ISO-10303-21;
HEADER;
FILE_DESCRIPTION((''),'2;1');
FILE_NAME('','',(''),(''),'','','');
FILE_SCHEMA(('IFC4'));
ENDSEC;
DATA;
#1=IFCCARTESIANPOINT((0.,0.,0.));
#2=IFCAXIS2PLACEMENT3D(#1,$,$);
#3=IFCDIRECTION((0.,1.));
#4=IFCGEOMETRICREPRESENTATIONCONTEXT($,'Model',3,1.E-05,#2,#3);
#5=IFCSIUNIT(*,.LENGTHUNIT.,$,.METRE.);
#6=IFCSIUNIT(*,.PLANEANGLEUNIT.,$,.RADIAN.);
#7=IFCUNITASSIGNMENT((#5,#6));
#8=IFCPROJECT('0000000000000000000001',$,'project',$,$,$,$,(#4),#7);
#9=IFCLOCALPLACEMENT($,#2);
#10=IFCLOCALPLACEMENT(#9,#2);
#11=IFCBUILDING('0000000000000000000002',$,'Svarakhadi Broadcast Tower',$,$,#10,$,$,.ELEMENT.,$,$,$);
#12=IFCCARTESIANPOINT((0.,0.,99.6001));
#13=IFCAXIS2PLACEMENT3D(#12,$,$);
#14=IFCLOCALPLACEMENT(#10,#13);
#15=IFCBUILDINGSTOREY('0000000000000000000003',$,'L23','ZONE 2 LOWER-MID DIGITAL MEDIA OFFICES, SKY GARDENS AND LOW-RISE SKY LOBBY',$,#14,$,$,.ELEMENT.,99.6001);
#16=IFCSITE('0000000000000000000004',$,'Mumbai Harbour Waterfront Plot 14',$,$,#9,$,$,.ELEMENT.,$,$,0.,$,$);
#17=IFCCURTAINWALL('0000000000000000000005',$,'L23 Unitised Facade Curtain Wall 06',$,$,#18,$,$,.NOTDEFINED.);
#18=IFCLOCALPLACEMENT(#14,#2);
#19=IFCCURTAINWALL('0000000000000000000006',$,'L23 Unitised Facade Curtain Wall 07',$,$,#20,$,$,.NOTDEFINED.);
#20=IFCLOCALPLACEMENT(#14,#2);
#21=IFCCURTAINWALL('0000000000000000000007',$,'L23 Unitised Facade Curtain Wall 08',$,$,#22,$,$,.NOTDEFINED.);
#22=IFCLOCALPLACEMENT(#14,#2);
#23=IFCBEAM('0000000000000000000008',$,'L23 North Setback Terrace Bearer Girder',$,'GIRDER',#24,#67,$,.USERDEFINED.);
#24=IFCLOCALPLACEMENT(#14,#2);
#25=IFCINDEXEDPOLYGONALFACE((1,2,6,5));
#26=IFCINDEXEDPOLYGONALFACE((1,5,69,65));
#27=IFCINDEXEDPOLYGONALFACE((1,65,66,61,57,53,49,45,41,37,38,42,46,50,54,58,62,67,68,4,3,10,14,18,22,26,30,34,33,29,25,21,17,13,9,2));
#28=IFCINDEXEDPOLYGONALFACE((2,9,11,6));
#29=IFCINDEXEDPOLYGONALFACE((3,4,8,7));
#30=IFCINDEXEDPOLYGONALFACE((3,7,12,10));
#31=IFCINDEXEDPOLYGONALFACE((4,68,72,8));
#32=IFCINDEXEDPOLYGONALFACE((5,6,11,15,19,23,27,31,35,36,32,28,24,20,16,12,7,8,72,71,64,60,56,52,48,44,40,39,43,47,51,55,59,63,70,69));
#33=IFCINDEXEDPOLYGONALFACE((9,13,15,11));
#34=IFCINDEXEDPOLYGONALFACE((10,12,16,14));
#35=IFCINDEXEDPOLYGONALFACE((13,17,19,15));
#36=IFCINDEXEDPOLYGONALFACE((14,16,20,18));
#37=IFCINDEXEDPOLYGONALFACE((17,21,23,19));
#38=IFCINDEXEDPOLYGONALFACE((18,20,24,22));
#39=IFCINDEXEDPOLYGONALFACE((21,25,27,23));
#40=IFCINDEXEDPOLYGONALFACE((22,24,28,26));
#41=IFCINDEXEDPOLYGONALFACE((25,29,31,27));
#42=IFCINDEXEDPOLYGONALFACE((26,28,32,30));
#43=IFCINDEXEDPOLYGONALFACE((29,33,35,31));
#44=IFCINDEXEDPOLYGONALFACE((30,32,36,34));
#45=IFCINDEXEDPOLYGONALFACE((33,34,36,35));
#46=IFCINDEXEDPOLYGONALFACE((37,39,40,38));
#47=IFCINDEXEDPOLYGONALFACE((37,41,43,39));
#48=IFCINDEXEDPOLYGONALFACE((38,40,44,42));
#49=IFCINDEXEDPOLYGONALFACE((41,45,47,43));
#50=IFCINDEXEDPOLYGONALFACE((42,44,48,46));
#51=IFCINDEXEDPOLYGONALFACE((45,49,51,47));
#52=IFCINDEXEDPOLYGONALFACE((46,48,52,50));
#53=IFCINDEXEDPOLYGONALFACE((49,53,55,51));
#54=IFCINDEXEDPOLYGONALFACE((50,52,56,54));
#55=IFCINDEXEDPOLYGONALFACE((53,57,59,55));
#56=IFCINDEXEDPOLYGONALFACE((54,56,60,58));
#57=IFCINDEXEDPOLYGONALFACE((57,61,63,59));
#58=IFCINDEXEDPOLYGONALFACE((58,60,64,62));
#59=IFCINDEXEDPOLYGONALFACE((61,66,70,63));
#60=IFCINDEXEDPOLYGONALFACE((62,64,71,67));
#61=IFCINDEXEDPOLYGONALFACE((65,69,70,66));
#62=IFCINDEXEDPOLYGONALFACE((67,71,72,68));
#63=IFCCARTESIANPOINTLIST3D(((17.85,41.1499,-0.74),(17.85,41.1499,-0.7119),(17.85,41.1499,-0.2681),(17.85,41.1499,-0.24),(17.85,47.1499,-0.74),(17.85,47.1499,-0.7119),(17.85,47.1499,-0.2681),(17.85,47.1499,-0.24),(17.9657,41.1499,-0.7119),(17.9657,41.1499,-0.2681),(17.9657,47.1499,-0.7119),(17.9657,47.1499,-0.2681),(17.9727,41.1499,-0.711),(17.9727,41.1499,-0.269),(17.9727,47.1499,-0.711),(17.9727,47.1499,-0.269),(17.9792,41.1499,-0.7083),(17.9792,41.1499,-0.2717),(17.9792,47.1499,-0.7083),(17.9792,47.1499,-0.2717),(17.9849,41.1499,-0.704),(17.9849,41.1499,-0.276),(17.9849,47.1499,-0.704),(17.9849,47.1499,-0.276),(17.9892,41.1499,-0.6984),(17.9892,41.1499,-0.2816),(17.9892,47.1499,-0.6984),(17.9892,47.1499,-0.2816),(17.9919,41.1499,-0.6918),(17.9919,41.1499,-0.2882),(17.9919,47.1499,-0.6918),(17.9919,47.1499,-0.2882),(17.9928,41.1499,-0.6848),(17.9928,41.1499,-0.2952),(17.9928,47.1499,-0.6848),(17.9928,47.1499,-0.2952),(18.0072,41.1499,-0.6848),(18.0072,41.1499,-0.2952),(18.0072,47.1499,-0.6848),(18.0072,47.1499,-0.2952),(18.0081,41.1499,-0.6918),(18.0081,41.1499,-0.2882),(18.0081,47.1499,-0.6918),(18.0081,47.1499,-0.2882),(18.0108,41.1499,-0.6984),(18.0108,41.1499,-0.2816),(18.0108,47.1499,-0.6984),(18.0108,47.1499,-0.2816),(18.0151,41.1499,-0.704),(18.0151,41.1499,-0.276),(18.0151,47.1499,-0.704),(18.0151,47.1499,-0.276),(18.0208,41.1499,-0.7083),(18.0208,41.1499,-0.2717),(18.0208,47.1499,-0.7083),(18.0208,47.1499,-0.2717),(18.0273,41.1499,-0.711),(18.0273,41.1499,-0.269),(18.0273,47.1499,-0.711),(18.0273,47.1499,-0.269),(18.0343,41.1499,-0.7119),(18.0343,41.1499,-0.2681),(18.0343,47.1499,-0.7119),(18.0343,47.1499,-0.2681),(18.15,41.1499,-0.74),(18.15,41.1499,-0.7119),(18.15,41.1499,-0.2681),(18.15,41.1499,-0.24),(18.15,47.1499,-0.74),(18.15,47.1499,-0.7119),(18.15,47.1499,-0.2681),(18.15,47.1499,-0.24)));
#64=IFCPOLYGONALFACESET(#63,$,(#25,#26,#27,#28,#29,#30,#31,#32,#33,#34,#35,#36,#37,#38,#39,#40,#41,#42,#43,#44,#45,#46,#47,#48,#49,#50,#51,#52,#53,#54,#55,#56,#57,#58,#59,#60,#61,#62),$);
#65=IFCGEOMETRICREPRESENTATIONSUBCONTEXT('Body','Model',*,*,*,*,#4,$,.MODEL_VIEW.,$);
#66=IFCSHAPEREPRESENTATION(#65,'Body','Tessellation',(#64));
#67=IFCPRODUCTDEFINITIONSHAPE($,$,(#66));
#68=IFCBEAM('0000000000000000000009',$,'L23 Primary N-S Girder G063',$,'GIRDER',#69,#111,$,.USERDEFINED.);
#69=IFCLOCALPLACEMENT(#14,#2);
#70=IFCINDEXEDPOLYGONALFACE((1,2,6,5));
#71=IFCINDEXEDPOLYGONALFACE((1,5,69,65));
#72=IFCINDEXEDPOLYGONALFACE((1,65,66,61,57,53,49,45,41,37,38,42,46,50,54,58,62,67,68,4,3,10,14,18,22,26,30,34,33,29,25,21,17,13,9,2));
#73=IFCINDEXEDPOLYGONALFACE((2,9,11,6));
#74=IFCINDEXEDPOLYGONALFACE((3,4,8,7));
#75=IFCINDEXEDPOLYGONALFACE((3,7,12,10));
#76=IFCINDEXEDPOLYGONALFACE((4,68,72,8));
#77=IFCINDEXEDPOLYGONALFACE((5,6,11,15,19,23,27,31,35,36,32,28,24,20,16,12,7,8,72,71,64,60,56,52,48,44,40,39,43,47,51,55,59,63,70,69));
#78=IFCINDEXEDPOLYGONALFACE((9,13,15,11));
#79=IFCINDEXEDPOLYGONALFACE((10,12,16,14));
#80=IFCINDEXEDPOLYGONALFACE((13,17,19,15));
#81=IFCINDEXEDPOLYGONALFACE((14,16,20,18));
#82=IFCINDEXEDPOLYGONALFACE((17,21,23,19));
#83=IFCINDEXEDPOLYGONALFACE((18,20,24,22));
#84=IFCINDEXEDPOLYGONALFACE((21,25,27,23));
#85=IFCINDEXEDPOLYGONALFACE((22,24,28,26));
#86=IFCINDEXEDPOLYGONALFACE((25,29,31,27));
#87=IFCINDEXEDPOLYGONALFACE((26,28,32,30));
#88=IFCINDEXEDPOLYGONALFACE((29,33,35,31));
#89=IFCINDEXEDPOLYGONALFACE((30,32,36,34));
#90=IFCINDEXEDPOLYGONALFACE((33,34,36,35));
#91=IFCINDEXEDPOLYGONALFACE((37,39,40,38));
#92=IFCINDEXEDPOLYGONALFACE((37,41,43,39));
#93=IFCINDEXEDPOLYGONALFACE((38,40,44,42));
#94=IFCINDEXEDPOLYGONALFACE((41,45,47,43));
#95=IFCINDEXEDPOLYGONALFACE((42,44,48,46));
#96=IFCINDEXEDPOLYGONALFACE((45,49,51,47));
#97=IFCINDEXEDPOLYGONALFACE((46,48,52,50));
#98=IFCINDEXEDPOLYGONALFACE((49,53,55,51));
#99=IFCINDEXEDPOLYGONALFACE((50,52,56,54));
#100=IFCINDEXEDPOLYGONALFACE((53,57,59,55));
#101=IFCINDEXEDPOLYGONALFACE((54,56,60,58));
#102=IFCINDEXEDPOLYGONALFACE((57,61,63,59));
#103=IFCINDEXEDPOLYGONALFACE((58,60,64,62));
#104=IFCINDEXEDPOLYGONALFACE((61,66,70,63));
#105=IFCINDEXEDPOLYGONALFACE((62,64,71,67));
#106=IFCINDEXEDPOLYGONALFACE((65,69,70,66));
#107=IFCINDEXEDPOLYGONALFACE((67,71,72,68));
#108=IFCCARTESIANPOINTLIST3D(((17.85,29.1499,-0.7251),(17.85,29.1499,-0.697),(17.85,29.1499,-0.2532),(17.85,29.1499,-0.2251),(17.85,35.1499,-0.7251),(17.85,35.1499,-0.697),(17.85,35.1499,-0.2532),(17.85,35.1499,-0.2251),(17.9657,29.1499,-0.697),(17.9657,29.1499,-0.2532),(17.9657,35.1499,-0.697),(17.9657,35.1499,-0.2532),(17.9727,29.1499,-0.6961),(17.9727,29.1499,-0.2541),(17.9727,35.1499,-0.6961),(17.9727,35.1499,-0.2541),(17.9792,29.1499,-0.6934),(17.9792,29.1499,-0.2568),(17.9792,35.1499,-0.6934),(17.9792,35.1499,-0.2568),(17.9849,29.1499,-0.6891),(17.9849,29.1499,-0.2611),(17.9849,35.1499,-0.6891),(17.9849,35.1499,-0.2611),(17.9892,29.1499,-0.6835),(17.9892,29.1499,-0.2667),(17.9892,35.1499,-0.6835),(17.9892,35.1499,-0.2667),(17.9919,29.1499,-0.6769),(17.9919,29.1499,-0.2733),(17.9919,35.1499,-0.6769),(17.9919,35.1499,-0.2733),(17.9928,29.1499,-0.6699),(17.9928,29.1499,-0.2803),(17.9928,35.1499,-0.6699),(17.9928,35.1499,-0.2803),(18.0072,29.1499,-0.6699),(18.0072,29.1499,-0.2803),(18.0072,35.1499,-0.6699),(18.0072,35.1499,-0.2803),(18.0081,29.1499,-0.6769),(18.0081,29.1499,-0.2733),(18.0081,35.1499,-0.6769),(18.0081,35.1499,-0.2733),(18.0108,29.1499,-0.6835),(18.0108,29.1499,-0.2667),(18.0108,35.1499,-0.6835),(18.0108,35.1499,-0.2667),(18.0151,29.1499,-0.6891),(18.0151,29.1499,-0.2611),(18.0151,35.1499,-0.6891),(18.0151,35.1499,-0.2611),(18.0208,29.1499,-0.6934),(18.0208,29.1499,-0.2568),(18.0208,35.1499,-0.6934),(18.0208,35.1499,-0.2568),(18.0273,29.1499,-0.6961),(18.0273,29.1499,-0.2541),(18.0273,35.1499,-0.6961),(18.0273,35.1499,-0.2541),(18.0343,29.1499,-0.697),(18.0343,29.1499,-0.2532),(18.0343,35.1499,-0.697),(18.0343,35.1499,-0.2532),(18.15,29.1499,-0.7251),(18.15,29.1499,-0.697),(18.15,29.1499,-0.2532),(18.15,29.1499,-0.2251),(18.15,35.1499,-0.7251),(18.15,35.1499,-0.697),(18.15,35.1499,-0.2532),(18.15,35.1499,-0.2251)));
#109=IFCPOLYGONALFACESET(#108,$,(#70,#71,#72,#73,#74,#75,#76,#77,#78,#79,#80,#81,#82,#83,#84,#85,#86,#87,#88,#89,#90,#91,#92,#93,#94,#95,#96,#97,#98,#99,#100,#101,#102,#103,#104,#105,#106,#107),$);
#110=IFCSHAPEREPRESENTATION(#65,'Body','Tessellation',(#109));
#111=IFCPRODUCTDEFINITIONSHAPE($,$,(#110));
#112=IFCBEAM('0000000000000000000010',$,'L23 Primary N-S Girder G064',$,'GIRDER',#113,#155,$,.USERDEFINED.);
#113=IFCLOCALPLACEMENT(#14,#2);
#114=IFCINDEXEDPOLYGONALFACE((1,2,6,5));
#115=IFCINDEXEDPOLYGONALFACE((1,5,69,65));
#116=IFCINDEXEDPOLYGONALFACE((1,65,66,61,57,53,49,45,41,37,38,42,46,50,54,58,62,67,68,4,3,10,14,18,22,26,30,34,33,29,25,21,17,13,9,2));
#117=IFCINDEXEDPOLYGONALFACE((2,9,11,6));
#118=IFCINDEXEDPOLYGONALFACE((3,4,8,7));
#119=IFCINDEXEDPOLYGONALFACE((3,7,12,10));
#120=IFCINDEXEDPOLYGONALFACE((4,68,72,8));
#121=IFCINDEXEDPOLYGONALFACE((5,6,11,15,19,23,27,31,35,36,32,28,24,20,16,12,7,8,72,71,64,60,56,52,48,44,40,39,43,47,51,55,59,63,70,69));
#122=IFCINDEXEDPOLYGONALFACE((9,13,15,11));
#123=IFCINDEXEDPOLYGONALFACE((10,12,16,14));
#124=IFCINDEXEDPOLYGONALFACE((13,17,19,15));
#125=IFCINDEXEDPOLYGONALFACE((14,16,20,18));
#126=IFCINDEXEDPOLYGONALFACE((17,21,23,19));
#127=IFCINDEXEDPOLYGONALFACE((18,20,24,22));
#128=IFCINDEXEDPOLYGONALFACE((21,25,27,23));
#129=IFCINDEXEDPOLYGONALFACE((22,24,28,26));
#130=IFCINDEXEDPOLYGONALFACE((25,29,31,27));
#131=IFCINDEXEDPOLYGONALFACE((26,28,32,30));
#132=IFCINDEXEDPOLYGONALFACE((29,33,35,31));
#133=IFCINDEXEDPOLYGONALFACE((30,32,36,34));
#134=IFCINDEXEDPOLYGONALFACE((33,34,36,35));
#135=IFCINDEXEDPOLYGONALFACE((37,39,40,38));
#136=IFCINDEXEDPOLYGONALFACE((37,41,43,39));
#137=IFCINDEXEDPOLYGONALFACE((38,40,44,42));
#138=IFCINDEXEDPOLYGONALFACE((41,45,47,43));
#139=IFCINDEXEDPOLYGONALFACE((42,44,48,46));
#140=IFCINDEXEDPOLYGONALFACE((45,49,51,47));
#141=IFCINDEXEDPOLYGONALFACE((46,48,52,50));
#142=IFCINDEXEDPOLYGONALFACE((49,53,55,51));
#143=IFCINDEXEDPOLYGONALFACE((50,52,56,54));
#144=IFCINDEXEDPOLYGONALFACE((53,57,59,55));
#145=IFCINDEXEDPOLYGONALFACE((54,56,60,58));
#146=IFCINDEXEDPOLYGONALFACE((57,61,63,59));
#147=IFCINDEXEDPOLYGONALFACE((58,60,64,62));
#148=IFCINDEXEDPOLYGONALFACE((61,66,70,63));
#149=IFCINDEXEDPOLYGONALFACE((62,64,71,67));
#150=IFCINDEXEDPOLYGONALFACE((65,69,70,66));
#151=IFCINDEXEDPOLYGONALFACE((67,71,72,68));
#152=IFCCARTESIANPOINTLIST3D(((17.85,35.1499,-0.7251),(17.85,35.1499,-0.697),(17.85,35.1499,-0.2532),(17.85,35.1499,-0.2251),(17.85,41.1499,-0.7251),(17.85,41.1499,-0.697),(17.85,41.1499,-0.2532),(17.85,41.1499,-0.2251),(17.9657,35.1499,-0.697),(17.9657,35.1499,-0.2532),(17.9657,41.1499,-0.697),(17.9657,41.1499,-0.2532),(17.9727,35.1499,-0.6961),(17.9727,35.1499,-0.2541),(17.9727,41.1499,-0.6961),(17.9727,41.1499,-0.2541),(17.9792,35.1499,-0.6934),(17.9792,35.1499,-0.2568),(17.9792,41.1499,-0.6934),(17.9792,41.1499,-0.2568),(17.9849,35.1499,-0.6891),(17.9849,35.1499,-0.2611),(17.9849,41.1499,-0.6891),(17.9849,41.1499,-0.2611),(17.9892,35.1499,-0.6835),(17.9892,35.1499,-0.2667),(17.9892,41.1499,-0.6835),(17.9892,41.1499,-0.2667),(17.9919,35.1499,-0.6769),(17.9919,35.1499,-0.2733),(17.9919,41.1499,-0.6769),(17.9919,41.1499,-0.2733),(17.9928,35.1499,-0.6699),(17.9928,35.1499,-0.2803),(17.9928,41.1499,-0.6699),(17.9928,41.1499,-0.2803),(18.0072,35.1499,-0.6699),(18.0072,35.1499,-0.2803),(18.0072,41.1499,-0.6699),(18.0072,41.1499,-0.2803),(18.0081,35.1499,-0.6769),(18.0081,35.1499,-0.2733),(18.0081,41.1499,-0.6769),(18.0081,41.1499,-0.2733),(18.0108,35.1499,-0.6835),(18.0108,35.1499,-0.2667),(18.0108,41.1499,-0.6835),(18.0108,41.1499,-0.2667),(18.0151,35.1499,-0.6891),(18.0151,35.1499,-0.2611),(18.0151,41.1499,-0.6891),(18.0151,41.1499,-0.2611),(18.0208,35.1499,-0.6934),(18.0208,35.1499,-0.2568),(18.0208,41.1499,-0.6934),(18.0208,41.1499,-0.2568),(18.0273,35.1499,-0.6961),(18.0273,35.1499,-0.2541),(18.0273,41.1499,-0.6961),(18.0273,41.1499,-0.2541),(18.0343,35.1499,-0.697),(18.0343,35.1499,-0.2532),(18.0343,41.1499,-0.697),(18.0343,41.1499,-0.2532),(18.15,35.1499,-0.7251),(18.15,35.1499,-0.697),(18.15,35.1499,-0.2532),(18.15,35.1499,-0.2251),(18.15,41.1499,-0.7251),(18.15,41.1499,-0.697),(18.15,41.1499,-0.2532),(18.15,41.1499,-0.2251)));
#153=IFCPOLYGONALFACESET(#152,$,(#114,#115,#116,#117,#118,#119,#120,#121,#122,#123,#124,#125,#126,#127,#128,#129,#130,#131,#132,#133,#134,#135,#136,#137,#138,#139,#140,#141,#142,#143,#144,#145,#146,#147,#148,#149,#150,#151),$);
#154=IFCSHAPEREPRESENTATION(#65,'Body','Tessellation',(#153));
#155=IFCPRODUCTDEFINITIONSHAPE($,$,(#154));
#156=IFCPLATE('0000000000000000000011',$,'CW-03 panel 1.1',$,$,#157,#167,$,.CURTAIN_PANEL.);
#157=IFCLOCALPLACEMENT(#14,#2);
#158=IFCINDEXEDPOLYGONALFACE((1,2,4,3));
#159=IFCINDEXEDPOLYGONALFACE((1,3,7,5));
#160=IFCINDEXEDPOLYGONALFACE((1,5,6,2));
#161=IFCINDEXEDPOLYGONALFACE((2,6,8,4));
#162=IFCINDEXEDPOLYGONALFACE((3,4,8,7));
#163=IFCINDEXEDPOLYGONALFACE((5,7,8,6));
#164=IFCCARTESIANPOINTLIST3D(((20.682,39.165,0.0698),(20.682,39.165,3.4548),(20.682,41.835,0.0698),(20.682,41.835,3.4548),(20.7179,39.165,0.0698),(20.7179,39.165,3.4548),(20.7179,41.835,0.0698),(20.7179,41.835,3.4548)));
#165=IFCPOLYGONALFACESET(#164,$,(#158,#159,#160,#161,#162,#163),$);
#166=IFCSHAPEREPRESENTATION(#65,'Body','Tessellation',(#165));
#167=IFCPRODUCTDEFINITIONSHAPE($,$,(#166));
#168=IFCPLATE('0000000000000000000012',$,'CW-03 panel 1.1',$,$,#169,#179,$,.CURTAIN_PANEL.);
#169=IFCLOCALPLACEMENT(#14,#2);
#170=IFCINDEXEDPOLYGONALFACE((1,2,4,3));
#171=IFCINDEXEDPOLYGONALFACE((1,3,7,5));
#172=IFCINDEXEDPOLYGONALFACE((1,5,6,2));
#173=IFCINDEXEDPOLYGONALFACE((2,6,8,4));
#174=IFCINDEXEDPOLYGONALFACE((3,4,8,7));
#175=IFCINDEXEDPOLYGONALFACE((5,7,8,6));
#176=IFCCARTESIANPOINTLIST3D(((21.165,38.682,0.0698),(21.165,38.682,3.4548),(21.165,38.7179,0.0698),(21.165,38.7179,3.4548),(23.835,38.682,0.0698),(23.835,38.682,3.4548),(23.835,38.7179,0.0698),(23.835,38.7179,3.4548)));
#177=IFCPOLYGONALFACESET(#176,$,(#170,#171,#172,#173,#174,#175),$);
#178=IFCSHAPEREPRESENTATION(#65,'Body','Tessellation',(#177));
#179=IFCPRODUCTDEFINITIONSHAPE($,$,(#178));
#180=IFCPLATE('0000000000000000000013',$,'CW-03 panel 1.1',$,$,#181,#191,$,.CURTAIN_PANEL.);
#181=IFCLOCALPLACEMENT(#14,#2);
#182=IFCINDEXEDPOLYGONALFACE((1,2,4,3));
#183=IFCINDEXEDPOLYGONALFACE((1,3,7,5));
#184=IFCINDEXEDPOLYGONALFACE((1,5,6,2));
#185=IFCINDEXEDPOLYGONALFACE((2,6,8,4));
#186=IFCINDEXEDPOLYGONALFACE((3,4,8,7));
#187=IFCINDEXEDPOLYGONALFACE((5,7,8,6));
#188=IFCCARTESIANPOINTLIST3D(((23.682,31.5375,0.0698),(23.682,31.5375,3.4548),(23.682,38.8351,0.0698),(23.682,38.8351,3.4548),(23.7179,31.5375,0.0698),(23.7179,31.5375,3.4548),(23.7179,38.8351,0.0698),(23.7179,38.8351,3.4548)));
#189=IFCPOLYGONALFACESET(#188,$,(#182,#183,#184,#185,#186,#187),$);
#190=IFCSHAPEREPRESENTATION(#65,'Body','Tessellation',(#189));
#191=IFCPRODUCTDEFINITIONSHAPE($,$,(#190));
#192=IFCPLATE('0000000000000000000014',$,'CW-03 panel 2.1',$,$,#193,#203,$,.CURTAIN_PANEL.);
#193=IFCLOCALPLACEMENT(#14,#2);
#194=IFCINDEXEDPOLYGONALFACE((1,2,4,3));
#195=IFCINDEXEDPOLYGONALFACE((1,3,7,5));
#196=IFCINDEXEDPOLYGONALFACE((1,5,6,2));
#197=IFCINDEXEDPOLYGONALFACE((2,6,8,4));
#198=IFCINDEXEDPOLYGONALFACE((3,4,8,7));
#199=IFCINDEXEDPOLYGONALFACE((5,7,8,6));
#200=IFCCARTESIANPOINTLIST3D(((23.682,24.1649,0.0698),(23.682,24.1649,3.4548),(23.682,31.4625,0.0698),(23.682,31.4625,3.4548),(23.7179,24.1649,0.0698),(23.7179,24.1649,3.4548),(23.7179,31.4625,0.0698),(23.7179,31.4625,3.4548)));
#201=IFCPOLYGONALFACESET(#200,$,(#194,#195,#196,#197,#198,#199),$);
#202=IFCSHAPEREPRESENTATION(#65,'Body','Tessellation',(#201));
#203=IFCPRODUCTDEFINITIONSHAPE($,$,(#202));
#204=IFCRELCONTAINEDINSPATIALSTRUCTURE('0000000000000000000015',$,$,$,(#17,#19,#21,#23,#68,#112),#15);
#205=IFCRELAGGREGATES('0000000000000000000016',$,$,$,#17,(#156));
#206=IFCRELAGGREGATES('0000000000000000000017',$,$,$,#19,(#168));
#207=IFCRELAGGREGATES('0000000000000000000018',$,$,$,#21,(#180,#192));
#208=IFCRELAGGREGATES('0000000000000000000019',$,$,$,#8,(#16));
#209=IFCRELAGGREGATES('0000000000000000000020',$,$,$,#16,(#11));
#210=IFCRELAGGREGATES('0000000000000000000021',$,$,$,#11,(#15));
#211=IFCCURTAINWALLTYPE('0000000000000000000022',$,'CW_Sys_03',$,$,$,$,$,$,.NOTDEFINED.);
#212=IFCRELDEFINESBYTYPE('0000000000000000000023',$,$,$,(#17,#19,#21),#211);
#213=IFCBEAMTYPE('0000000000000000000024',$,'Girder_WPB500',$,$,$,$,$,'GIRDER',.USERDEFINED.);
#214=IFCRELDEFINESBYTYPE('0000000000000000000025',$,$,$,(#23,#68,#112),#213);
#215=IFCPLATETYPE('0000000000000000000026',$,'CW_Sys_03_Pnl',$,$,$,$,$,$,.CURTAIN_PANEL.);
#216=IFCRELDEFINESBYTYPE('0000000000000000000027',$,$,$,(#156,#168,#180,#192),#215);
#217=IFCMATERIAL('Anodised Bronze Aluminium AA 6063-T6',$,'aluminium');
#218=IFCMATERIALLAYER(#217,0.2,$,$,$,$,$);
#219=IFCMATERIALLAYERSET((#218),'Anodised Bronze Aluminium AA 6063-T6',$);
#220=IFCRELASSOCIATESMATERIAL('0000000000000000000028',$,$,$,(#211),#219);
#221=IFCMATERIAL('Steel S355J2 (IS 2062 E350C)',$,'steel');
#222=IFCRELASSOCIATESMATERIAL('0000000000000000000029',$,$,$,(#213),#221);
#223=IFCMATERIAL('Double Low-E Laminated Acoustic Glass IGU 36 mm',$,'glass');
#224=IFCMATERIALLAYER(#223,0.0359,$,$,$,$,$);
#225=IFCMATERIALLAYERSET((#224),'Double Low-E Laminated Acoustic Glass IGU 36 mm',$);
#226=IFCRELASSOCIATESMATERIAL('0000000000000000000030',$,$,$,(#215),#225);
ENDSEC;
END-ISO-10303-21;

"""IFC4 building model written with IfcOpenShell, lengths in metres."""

from ifc_helpers import new_model, si_unit, direction, frame, origin, origin_2d, place, context, subcontext, project, spatial, rectangle, i_section, extrude, material, layer, layer_set, material_profile, profile_set, type_object, element, aggregate, save


model = new_model("IFC4")

# Units and contexts
model_context = context("Model", 3, precision=1e-05, world=origin(), true_north=direction((0.0, 1.0)))
body_context = subcontext(model_context, "Body", "Model", "MODEL_VIEW")
ifc_project = project(units=[si_unit("LENGTHUNIT", "METRE"), si_unit("PLANEANGLEUNIT", "RADIAN")], contexts=[model_context])

# Site, building, storey
site_placement = place(None, origin())
site = spatial("IfcSite", under=ifc_project, at=site_placement, Name="Mumbai Harbour Waterfront Plot 14", CompositionType="ELEMENT", RefElevation=0.0)
building_placement = place(site_placement, origin())
building = spatial("IfcBuilding", under=site, at=building_placement, Name="Svarakhadi Broadcast Tower", CompositionType="ELEMENT")
storey_placement = place(building_placement, frame((0.0, 0.0, 99.6001)))
storey = spatial("IfcBuildingStorey", under=building, at=storey_placement, Name="L23", Description="ZONE 2 LOWER-MID DIGITAL MEDIA OFFICES, SKY GARDENS AND LOW-RISE SKY LOBBY", CompositionType="ELEMENT", Elevation=99.6001)

# Curtain walls
ifc_material_1 = material(Name="Anodised Bronze Aluminium AA 6063-T6", Category="aluminium")
ifc_layer_1 = layer(ifc_material_1, 0.2)
ifc_layer_set_1 = layer_set([ifc_layer_1], Name="Anodised Bronze Aluminium AA 6063-T6")
curtain_wall_type = type_object("IfcCurtainWallType", Name="CW_Sys_03", PredefinedType="NOTDEFINED", material=ifc_layer_set_1)
curtain_wall_1_placement = place(storey_placement, origin())
curtain_wall_1 = element("IfcCurtainWall", 1, at=curtain_wall_1_placement, inside=storey, type_object=curtain_wall_type, Name="L23 Unitised Facade Curtain Wall 06", PredefinedType="NOTDEFINED")
curtain_wall_2_placement = place(storey_placement, origin())
curtain_wall_2 = element("IfcCurtainWall", 2, at=curtain_wall_2_placement, inside=storey, type_object=curtain_wall_type, Name="L23 Unitised Facade Curtain Wall 07", PredefinedType="NOTDEFINED")
curtain_wall_3_placement = place(storey_placement, origin())
curtain_wall_3 = element("IfcCurtainWall", 3, at=curtain_wall_3_placement, inside=storey, type_object=curtain_wall_type, Name="L23 Unitised Facade Curtain Wall 08", PredefinedType="NOTDEFINED")

# Beams
ifc_material_2 = material(Name="Steel S355J2 (IS 2062 E350C)", Category="steel")
ifc_material_profile_1 = material_profile(ifc_material_2, i_section(OverallWidth=0.3, OverallDepth=0.5, WebThickness=0.0144, FlangeThickness=0.0281, FilletRadius=0.0271, at=origin_2d()), Name="WPB 500x300x187")
ifc_profile_set_1 = profile_set([ifc_material_profile_1], Name="Steel S355J2 (IS 2062 E350C)")
beam_type = type_object("IfcBeamType", Name="Girder_WPB500", ElementType="GIRDER", PredefinedType="USERDEFINED", material=ifc_profile_set_1)
for number, where, z_axis, x_axis, name in (
    (4, (18.0, 41.1499, -0.49), (0.0, 1.0, 0.0), (-1.0, 0.0, 0.0), "L23 North Setback Terrace Bearer Girder"),
    (5, (18.0, 29.1499, -0.4751), (0.0, 1.0, 0.0), (-1.0, 0.0, 0.0), "L23 Primary N-S Girder G063"),
    (6, (18.0, 35.1499, -0.4751), (0.0, 1.0, 0.0), (-1.0, 0.0, 0.0), "L23 Primary N-S Girder G064"),
):
    element("IfcBeam", number, at=place(storey_placement, frame(where, z_axis=z_axis, x_axis=x_axis)), inside=storey, type_object=beam_type, Name=name, ObjectType="GIRDER", PredefinedType="USERDEFINED", context=body_context, shape_type="SweptSolid", body=[
        extrude(i_section(OverallWidth=0.3, OverallDepth=0.5, WebThickness=0.0144, FlangeThickness=0.0281, FilletRadius=0.0271, at=origin_2d()), origin(), (0.0, 0.0, 1.0), 6.0),
    ])

# Plates
ifc_material_3 = material(Name="Double Low-E Laminated Acoustic Glass IGU 36 mm", Category="glass")
ifc_layer_2 = layer(ifc_material_3, 0.0359)
ifc_layer_set_2 = layer_set([ifc_layer_2], Name="Double Low-E Laminated Acoustic Glass IGU 36 mm")
plate_type = type_object("IfcPlateType", Name="CW_Sys_03_Pnl", PredefinedType="CURTAIN_PANEL", material=ifc_layer_set_2)
plate_1_placement = place(storey_placement, frame((20.7, 40.5, 0.0698), z_axis=(0.0, 0.0, 1.0), x_axis=(0.0, -1.0, 0.0)))
plate_1 = element("IfcPlate", 7, at=plate_1_placement, type_object=plate_type, Name="CW-03 panel 1.1", PredefinedType="CURTAIN_PANEL", context=body_context, shape_type="SweptSolid", body=[
    extrude(rectangle(XDim=2.6699, YDim=0.0359, at=origin_2d()), origin(), (0.0, 0.0, 1.0), 3.385),
])
aggregate(curtain_wall_1, [plate_1])
plate_2_placement = place(storey_placement, frame((22.5, 38.7, 0.0698), z_axis=(0.0, 0.0, 1.0), x_axis=(1.0, 0.0, 0.0)))
plate_2 = element("IfcPlate", 8, at=plate_2_placement, type_object=plate_type, Name="CW-03 panel 1.1", PredefinedType="CURTAIN_PANEL", context=body_context, shape_type="SweptSolid", body=[
    extrude(rectangle(XDim=2.6699, YDim=0.0359, at=origin_2d()), origin(), (0.0, 0.0, 1.0), 3.385),
])
aggregate(curtain_wall_2, [plate_2])
plate_3_placement = place(storey_placement, frame((23.7, 35.1863, 0.0698), z_axis=(0.0, 0.0, 1.0), x_axis=(0.0, -1.0, 0.0)))
plate_3 = element("IfcPlate", 9, at=plate_3_placement, type_object=plate_type, Name="CW-03 panel 1.1", PredefinedType="CURTAIN_PANEL", context=body_context, shape_type="SweptSolid", body=[
    extrude(rectangle(XDim=7.2976, YDim=0.0359, at=origin_2d()), origin(), (0.0, 0.0, 1.0), 3.385),
])
plate_4_placement = place(storey_placement, frame((23.7, 27.8137, 0.0698), z_axis=(0.0, 0.0, 1.0), x_axis=(0.0, -1.0, 0.0)))
plate_4 = element("IfcPlate", 10, at=plate_4_placement, type_object=plate_type, Name="CW-03 panel 2.1", PredefinedType="CURTAIN_PANEL", context=body_context, shape_type="SweptSolid", body=[
    extrude(rectangle(XDim=7.2976, YDim=0.0359, at=origin_2d()), origin(), (0.0, 0.0, 1.0), 3.385),
])
aggregate(curtain_wall_3, [plate_3, plate_4])

save(model, "model.ifc")
